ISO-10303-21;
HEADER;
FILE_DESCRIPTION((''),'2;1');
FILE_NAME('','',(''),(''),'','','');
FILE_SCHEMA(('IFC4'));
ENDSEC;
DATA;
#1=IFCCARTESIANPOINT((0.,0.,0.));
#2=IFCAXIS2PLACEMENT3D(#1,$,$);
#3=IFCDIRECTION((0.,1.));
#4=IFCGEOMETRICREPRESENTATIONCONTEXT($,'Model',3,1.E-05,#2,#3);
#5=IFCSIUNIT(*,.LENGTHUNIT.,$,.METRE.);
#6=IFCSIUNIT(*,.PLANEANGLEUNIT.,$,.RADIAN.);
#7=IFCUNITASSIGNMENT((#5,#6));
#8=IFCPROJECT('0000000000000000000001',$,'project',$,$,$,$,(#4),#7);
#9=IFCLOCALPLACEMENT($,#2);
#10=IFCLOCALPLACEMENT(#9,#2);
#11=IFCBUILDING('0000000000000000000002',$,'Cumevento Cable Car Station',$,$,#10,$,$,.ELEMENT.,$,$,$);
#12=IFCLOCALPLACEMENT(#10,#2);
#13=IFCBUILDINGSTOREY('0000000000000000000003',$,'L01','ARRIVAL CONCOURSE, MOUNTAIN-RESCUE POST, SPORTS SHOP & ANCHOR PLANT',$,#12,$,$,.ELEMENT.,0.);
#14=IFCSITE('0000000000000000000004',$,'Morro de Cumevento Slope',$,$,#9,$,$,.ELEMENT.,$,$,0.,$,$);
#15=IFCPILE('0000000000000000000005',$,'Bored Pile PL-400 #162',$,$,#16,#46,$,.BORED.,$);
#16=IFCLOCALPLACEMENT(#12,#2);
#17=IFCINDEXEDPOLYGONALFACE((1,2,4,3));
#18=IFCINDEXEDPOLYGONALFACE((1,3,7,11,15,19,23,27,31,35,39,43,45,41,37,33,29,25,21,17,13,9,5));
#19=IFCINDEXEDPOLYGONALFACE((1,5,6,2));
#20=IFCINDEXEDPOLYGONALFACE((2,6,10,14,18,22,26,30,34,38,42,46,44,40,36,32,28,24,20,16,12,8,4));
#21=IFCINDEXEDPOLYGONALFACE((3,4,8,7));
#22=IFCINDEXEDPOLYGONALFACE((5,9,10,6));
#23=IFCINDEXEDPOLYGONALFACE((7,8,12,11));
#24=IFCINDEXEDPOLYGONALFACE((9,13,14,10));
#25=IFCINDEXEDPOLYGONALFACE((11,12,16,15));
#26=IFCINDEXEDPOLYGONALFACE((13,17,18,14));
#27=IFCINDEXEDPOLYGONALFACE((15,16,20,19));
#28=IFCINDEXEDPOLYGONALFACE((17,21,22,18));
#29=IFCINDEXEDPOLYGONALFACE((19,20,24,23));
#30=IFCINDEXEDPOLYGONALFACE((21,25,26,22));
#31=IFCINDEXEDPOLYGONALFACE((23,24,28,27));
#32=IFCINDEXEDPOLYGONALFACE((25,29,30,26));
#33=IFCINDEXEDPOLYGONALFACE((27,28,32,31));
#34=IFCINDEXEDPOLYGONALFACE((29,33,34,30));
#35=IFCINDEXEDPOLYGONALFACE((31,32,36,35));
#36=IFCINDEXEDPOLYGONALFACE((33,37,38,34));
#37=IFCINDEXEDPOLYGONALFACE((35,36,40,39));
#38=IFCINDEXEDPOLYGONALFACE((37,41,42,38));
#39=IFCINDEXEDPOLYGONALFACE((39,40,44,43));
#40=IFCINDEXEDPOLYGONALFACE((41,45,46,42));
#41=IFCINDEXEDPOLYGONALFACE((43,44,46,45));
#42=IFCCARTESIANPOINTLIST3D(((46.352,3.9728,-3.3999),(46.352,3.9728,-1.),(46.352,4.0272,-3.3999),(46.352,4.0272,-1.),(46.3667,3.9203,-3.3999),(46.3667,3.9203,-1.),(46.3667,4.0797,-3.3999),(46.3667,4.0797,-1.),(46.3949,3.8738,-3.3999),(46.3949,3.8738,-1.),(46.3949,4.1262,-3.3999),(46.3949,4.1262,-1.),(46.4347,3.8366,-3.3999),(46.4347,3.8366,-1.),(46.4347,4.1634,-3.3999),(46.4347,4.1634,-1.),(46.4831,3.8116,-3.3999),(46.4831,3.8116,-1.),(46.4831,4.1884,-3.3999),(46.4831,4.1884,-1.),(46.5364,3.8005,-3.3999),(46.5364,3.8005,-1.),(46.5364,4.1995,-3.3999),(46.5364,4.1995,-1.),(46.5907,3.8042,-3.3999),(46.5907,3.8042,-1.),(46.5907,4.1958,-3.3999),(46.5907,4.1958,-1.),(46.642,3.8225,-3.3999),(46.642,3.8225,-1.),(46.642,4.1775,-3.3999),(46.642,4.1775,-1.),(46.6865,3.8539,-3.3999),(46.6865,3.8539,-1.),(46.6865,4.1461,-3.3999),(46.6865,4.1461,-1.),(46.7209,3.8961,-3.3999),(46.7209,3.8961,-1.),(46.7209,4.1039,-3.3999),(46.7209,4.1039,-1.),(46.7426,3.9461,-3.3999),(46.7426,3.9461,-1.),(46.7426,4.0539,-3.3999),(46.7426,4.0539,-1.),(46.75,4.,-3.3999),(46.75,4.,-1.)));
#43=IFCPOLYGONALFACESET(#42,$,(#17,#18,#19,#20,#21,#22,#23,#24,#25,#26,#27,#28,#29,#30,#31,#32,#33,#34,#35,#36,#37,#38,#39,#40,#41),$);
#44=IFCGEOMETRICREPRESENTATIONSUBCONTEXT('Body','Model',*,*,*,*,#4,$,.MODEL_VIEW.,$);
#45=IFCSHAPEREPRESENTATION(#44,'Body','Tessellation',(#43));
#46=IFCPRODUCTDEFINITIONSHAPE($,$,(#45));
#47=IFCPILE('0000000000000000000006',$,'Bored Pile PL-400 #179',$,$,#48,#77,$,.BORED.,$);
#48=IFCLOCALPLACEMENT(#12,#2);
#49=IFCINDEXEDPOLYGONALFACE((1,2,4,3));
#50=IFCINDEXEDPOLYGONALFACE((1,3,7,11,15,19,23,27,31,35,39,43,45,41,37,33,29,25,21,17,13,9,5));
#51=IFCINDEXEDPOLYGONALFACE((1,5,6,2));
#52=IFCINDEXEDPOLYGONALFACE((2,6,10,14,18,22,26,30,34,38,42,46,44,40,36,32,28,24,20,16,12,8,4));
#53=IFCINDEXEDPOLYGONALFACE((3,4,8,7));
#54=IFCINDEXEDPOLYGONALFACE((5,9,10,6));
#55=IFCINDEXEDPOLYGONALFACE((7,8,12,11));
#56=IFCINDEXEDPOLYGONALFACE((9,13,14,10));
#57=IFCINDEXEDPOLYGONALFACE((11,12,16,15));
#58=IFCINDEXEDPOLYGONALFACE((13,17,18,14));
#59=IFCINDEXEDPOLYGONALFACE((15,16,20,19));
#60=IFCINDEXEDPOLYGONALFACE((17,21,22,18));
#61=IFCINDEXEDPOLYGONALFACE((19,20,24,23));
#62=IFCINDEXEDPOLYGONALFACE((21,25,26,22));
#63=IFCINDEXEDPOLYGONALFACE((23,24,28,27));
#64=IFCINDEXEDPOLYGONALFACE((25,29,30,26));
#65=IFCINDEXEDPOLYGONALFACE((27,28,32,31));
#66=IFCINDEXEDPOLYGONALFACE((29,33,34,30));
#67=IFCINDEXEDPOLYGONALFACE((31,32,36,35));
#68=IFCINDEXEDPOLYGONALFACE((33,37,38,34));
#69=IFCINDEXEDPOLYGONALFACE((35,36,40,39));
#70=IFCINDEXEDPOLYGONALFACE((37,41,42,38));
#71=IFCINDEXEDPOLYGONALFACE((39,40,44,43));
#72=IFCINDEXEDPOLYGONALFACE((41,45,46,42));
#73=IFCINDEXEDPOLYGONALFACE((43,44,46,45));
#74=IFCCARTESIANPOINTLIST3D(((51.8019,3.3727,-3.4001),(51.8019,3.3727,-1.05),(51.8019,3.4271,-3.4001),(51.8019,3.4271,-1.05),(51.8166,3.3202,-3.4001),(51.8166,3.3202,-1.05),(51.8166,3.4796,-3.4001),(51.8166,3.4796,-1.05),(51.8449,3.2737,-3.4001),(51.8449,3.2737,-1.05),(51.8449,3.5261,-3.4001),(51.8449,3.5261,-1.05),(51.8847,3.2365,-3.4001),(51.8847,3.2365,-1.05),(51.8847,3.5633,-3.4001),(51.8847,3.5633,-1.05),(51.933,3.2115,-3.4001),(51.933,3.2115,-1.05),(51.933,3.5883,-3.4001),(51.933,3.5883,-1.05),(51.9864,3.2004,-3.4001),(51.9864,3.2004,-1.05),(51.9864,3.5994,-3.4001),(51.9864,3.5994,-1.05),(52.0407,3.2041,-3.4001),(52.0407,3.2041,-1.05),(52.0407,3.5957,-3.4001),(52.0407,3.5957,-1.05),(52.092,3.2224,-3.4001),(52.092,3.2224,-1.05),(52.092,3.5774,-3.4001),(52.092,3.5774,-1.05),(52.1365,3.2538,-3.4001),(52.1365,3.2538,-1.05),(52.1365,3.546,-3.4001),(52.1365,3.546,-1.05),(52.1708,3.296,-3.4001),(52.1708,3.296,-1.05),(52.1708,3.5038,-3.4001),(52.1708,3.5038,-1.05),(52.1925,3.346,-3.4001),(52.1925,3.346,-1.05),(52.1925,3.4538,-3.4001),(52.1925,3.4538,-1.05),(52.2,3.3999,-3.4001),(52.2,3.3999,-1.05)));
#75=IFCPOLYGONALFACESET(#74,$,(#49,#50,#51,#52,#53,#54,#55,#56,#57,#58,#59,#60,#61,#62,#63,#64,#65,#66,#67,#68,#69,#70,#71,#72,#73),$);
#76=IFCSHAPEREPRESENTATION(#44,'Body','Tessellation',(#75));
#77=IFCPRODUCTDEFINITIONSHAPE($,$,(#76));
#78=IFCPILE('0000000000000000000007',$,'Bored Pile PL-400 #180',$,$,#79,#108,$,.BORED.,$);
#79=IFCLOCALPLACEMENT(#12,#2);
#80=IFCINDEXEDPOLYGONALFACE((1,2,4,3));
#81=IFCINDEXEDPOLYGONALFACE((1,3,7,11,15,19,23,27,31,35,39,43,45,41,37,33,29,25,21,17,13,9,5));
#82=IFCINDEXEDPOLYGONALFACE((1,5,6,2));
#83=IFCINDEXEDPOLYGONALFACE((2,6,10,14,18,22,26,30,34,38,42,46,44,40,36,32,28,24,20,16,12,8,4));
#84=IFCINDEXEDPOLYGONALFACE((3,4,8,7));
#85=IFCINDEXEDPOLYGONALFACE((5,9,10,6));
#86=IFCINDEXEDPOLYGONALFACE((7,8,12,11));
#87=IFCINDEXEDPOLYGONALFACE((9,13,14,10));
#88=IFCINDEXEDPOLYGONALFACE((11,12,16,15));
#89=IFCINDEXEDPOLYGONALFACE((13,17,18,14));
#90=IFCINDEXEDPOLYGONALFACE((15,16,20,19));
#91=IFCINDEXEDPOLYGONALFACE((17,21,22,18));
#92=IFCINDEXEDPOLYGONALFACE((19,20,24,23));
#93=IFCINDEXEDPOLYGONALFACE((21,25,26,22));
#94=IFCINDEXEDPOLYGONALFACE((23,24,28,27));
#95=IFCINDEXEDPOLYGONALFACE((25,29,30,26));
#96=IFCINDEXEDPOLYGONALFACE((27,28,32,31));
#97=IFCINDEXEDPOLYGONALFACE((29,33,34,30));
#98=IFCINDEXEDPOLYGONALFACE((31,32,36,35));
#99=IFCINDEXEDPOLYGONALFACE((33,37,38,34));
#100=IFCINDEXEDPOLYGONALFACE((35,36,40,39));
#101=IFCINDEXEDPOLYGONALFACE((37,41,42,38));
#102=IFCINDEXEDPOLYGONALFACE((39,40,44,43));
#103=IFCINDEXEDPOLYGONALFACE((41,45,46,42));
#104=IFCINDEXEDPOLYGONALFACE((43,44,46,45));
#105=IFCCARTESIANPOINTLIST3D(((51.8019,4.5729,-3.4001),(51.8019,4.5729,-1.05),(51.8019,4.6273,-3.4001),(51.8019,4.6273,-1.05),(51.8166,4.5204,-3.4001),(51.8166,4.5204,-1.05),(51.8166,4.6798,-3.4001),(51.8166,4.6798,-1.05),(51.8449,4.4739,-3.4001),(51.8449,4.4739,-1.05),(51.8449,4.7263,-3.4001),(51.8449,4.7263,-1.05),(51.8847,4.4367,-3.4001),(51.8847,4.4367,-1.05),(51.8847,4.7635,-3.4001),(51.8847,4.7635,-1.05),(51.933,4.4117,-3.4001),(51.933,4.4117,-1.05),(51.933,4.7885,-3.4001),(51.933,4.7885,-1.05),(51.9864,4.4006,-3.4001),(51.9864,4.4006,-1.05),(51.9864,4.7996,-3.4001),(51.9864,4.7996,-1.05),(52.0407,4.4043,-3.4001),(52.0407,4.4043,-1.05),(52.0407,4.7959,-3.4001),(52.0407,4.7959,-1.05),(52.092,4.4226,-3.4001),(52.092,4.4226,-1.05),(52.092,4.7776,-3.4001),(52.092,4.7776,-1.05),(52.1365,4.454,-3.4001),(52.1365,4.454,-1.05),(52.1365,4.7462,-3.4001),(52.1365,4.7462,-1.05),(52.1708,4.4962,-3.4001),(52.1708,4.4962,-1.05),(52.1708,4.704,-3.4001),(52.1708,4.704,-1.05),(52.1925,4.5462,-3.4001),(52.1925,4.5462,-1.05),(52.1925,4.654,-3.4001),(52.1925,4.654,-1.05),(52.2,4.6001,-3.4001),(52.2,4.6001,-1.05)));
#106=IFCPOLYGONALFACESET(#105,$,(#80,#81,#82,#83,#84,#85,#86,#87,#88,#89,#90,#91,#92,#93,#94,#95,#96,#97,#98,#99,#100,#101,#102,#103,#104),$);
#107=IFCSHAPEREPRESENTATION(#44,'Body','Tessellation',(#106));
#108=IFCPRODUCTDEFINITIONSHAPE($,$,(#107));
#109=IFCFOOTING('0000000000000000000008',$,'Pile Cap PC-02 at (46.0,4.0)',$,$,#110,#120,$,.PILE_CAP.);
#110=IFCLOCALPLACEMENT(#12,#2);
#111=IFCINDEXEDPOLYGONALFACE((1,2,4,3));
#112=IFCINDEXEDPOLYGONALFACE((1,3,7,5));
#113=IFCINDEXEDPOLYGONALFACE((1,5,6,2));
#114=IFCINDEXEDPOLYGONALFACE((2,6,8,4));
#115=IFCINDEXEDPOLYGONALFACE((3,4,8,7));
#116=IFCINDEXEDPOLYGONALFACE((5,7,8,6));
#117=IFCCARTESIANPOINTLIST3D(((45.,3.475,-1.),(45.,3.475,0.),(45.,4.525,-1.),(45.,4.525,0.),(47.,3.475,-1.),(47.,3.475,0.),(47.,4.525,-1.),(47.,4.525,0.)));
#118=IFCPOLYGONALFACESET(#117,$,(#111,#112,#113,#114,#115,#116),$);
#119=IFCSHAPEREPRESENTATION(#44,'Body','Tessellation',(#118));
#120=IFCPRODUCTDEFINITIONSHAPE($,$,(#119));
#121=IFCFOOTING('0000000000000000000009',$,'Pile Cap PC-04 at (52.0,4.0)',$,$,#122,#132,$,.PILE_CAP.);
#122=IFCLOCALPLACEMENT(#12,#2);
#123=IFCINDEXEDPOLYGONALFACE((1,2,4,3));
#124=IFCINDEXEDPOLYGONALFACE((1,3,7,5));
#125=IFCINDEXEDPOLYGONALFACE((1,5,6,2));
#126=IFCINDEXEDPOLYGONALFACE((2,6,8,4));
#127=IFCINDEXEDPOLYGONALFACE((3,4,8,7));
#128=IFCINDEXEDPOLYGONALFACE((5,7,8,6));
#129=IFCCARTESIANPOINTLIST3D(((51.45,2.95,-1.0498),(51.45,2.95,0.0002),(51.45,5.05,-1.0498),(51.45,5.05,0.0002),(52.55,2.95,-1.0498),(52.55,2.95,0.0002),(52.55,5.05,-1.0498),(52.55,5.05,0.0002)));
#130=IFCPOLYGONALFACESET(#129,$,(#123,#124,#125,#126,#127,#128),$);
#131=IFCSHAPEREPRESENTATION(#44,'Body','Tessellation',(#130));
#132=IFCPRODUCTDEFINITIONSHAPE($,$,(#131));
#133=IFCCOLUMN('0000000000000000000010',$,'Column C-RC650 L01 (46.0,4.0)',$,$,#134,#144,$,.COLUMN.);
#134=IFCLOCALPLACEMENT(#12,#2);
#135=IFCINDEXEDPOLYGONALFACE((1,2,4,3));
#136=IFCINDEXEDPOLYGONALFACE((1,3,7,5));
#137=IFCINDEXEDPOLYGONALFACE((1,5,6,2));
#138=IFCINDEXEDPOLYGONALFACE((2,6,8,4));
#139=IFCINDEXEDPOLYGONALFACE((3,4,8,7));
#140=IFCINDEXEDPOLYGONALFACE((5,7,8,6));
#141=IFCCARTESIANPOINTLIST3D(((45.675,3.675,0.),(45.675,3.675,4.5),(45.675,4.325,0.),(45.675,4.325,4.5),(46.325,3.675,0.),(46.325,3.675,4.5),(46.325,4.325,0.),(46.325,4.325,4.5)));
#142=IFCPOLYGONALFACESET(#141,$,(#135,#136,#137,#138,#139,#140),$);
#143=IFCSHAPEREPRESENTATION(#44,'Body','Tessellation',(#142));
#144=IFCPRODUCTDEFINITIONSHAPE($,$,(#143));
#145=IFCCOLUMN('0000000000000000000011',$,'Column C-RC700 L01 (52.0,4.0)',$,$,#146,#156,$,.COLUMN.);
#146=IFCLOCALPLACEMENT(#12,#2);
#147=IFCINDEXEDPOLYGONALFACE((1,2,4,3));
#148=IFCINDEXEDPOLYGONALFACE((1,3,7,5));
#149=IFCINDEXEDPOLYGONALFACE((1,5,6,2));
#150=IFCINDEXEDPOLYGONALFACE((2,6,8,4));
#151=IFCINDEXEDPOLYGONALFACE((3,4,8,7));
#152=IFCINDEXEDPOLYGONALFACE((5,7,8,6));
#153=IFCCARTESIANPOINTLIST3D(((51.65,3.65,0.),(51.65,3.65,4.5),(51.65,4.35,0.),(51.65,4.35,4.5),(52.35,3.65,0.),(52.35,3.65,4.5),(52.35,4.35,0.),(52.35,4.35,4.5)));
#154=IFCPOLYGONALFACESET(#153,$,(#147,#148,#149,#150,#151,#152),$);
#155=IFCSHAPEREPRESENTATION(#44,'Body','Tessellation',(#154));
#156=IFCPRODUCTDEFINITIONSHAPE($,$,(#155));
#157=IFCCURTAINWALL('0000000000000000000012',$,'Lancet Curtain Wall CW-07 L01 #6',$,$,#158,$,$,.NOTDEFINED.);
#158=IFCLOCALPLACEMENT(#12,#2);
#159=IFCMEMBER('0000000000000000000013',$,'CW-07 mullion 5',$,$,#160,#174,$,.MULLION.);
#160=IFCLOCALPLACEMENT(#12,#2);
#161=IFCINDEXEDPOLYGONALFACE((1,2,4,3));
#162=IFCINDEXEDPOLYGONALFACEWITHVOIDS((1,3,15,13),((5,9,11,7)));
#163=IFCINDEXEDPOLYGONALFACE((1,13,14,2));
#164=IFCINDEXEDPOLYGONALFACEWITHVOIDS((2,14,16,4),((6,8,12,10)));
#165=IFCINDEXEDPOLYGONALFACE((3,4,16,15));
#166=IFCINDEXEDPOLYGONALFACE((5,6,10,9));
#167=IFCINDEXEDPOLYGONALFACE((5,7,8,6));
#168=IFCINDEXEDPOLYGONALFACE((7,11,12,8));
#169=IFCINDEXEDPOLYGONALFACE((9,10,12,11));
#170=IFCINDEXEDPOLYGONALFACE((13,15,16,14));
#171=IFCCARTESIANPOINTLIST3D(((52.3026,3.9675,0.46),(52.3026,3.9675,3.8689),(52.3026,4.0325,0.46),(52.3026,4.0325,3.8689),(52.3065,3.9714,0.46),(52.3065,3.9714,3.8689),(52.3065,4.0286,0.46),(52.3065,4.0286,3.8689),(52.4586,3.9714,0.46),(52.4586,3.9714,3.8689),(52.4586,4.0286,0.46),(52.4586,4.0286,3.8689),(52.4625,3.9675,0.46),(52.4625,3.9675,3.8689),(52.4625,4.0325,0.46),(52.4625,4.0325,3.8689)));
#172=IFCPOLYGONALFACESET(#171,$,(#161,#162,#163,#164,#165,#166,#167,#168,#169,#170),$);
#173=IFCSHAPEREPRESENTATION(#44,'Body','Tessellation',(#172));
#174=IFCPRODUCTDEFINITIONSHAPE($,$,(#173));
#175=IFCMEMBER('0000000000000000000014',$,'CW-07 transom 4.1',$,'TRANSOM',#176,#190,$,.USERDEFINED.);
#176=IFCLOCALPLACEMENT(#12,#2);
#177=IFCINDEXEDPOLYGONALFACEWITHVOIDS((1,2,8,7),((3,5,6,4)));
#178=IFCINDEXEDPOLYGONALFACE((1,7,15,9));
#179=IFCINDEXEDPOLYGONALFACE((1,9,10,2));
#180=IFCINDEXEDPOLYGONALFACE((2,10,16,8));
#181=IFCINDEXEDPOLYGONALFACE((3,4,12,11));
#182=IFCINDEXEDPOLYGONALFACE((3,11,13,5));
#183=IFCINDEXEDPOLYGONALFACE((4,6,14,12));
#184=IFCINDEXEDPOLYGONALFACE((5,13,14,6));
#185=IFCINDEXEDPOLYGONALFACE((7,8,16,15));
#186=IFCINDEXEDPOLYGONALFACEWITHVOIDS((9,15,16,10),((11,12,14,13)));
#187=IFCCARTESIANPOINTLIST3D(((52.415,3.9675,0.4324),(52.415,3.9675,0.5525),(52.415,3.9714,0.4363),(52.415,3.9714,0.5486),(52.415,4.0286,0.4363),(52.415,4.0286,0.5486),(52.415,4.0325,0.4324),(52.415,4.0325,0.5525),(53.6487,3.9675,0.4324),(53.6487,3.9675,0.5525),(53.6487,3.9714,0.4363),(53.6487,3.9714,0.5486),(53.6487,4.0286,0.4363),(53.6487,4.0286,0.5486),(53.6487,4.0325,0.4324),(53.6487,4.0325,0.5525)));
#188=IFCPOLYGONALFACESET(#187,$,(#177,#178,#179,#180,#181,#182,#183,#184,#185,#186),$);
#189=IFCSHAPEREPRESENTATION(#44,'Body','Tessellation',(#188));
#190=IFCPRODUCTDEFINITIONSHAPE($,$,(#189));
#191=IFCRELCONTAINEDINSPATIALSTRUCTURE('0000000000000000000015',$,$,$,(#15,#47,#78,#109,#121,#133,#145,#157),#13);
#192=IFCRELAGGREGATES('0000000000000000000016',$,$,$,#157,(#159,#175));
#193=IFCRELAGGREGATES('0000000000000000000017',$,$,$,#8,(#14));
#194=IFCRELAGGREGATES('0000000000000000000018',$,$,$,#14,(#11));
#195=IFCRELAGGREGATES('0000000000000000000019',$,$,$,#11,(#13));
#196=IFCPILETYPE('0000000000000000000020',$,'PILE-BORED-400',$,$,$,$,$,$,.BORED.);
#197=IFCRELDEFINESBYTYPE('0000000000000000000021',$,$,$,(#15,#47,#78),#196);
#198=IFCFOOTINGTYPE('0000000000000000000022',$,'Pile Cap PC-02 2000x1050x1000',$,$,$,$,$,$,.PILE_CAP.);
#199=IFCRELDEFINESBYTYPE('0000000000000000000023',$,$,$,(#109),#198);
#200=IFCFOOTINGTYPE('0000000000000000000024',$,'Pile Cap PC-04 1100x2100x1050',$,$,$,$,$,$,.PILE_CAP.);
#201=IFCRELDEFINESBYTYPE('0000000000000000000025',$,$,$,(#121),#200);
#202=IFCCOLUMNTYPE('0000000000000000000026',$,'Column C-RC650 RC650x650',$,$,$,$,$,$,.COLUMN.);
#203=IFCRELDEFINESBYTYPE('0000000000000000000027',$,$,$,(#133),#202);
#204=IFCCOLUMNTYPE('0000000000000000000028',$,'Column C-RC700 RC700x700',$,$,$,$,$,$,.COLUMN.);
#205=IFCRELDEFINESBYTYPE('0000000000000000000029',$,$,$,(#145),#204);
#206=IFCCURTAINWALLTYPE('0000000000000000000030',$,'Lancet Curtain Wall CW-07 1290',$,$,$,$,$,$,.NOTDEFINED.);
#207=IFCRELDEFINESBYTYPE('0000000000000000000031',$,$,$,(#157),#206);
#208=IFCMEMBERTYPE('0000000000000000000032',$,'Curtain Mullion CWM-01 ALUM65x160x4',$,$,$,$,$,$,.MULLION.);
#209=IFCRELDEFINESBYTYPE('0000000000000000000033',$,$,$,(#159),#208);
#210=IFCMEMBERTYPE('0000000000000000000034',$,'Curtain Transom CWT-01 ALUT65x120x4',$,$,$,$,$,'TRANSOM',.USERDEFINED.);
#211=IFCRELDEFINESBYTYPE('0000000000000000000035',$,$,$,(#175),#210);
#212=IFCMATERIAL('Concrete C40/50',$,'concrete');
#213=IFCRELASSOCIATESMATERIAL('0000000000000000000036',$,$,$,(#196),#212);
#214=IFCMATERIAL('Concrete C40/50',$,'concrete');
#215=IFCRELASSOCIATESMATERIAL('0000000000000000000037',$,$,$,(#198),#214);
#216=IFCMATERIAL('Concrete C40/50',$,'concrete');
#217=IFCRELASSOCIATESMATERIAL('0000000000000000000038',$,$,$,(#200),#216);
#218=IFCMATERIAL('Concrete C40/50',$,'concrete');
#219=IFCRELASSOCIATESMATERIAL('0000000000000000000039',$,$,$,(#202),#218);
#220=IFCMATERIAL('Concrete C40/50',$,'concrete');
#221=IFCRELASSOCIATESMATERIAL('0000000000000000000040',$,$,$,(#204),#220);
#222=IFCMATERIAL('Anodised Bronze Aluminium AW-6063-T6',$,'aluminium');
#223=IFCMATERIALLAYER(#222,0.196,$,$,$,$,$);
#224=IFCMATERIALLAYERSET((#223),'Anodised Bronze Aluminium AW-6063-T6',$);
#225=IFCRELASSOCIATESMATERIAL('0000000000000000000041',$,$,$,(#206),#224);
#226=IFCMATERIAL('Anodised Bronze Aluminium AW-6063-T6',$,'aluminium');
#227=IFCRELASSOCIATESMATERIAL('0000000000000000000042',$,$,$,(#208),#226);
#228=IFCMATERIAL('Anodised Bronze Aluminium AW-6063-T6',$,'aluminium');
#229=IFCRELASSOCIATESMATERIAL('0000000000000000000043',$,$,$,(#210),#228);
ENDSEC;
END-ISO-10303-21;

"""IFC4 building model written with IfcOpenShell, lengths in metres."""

from ifc_helpers import new_model, si_unit, direction, frame, origin, origin_2d, place, context, subcontext, project, spatial, rectangle, hollow_rectangle, circle, extrude, material, layer, layer_set, material_profile, profile_set, type_object, element, aggregate, save


model = new_model("IFC4")

# Units and contexts
model_context = context("Model", 3, precision=1e-05, world=origin(), true_north=direction((0.0, 1.0)))
body_context = subcontext(model_context, "Body", "Model", "MODEL_VIEW")
ifc_project = project(units=[si_unit("LENGTHUNIT", "METRE"), si_unit("PLANEANGLEUNIT", "RADIAN")], contexts=[model_context])

# Site, building, storey
site_placement = place(None, origin())
site = spatial("IfcSite", under=ifc_project, at=site_placement, Name="Morro de Cumevento Slope", CompositionType="ELEMENT", RefElevation=0.0)
building_placement = place(site_placement, origin())
building = spatial("IfcBuilding", under=site, at=building_placement, Name="Cumevento Cable Car Station", CompositionType="ELEMENT")
storey_placement = place(building_placement, origin())
storey = spatial("IfcBuildingStorey", under=building, at=storey_placement, Name="L01", Description="ARRIVAL CONCOURSE, MOUNTAIN-RESCUE POST, SPORTS SHOP & ANCHOR PLANT", CompositionType="ELEMENT", Elevation=0.0)

# Piles
ifc_material_1 = material(Name="Concrete C40/50", Category="concrete")
ifc_material_profile_1 = material_profile(ifc_material_1, circle(Radius=0.2, at=origin_2d()), Name="PILE-D400")
ifc_profile_set_1 = profile_set([ifc_material_profile_1], Name="Concrete C40/50")
pile_type = type_object("IfcPileType", Name="PILE-BORED-400", PredefinedType="BORED", material=ifc_profile_set_1)
pile_placement = place(storey_placement, frame((46.55, 4.0, -1.0), z_axis=(0.0, 0.0, -1.0), x_axis=(1.0, 0.0, 0.0)))
element("IfcPile", 1, at=pile_placement, inside=storey, type_object=pile_type, Name="Bored Pile PL-400 #162", PredefinedType="BORED", context=body_context, shape_type="SweptSolid", body=[
    extrude(circle(Radius=0.2, at=origin_2d()), origin(), (0.0, 0.0, 1.0), 2.3999),
])
for number, where, z_axis, x_axis, name in (
    (2, (52.0, 3.3999, -1.05), (0.0, 0.0, -1.0), (1.0, 0.0, 0.0), "Bored Pile PL-400 #179"),
    (3, (52.0, 4.6001, -1.05), (0.0, 0.0, -1.0), (1.0, 0.0, 0.0), "Bored Pile PL-400 #180"),
):
    element("IfcPile", number, at=place(storey_placement, frame(where, z_axis=z_axis, x_axis=x_axis)), inside=storey, type_object=pile_type, Name=name, PredefinedType="BORED", context=body_context, shape_type="SweptSolid", body=[
        extrude(circle(Radius=0.2, at=origin_2d()), origin(), (0.0, 0.0, 1.0), 2.3501),
    ])

# Footings
ifc_material_2 = material(Name="Concrete C40/50", Category="concrete")
footing_type_1 = type_object("IfcFootingType", Name="Pile Cap PC-02 2000x1050x1000", PredefinedType="PILE_CAP", material=ifc_material_2)
footing_1_placement = place(storey_placement, frame((46.0, 4.0, -1.0), z_axis=(0.0, 0.0, 1.0), x_axis=(1.0, 0.0, 0.0)))
element("IfcFooting", 4, at=footing_1_placement, inside=storey, type_object=footing_type_1, Name="Pile Cap PC-02 at (46.0,4.0)", PredefinedType="PILE_CAP", context=body_context, shape_type="SweptSolid", body=[
    extrude(rectangle(XDim=2.0, YDim=1.05, at=origin_2d()), origin(), (0.0, 0.0, 1.0), 1.0),
])
ifc_material_3 = material(Name="Concrete C40/50", Category="concrete")
footing_type_2 = type_object("IfcFootingType", Name="Pile Cap PC-04 1100x2100x1050", PredefinedType="PILE_CAP", material=ifc_material_3)
footing_2_placement = place(storey_placement, frame((52.0, 4.0, -1.0498), z_axis=(0.0, 0.0, 1.0), x_axis=(1.0, 0.0, 0.0)))
element("IfcFooting", 5, at=footing_2_placement, inside=storey, type_object=footing_type_2, Name="Pile Cap PC-04 at (52.0,4.0)", PredefinedType="PILE_CAP", context=body_context, shape_type="SweptSolid", body=[
    extrude(rectangle(XDim=1.1001, YDim=2.1001, at=origin_2d()), origin(), (0.0, 0.0, 1.0), 1.05),
])

# Columns
ifc_material_4 = material(Name="Concrete C40/50", Category="concrete")
ifc_material_profile_2 = material_profile(ifc_material_4, rectangle(XDim=0.6499, YDim=0.6499, at=origin_2d()), Name="RC650x650")
ifc_profile_set_2 = profile_set([ifc_material_profile_2], Name="Concrete C40/50")
column_type_1 = type_object("IfcColumnType", Name="Column C-RC650 RC650x650", PredefinedType="COLUMN", material=ifc_profile_set_2)
column_1_placement = place(storey_placement, frame((46.0, 4.0, 0.0), z_axis=(0.0, 0.0, 1.0), x_axis=(1.0, 0.0, 0.0)))
element("IfcColumn", 6, at=column_1_placement, inside=storey, type_object=column_type_1, Name="Column C-RC650 L01 (46.0,4.0)", PredefinedType="COLUMN", context=body_context, shape_type="SweptSolid", body=[
    extrude(rectangle(XDim=0.6499, YDim=0.6499, at=origin_2d()), origin(), (0.0, 0.0, 1.0), 4.5),
])
ifc_material_5 = material(Name="Concrete C40/50", Category="concrete")
ifc_material_profile_3 = material_profile(ifc_material_5, rectangle(XDim=0.7, YDim=0.7, at=origin_2d()), Name="RC700x700")
ifc_profile_set_3 = profile_set([ifc_material_profile_3], Name="Concrete C40/50")
column_type_2 = type_object("IfcColumnType", Name="Column C-RC700 RC700x700", PredefinedType="COLUMN", material=ifc_profile_set_3)
column_2_placement = place(storey_placement, frame((52.0, 4.0, 0.0), z_axis=(0.0, 0.0, 1.0), x_axis=(1.0, 0.0, 0.0)))
element("IfcColumn", 7, at=column_2_placement, inside=storey, type_object=column_type_2, Name="Column C-RC700 L01 (52.0,4.0)", PredefinedType="COLUMN", context=body_context, shape_type="SweptSolid", body=[
    extrude(rectangle(XDim=0.7, YDim=0.7, at=origin_2d()), origin(), (0.0, 0.0, 1.0), 4.5),
])

# Curtain wall, members
ifc_material_6 = material(Name="Anodised Bronze Aluminium AW-6063-T6", Category="aluminium")
ifc_layer_1 = layer(ifc_material_6, 0.196)
ifc_layer_set_1 = layer_set([ifc_layer_1], Name="Anodised Bronze Aluminium AW-6063-T6")
curtain_wall_type = type_object("IfcCurtainWallType", Name="Lancet Curtain Wall CW-07 1290", PredefinedType="NOTDEFINED", material=ifc_layer_set_1)
curtain_wall_placement = place(storey_placement, origin())
curtain_wall = element("IfcCurtainWall", 8, at=curtain_wall_placement, inside=storey, type_object=curtain_wall_type, Name="Lancet Curtain Wall CW-07 L01 #6", PredefinedType="NOTDEFINED")
ifc_material_7 = material(Name="Anodised Bronze Aluminium AW-6063-T6", Category="aluminium")
ifc_material_profile_4 = material_profile(ifc_material_7, hollow_rectangle(XDim=0.0649, YDim=0.1599, WallThickness=0.0039, at=origin_2d()), Name="ALUM65x160x4")
ifc_profile_set_4 = profile_set([ifc_material_profile_4], Name="Anodised Bronze Aluminium AW-6063-T6")
member_type_1 = type_object("IfcMemberType", Name="Curtain Mullion CWM-01 ALUM65x160x4", PredefinedType="MULLION", material=ifc_profile_set_4)
member_1_placement = place(storey_placement, frame((52.3826, 4.0, 0.46), z_axis=(0.0, 0.0, 1.0), x_axis=(0.0, -1.0, 0.0)))
member_1 = element("IfcMember", 9, at=member_1_placement, type_object=member_type_1, Name="CW-07 mullion 5", PredefinedType="MULLION", context=body_context, shape_type="SweptSolid", body=[
    extrude(hollow_rectangle(XDim=0.0649, YDim=0.1599, WallThickness=0.0039, at=origin_2d()), origin(), (0.0, 0.0, 1.0), 3.4089),
])
ifc_material_8 = material(Name="Anodised Bronze Aluminium AW-6063-T6", Category="aluminium")
ifc_material_profile_5 = material_profile(ifc_material_8, hollow_rectangle(XDim=0.0649, YDim=0.1201, WallThickness=0.0039, at=origin_2d()), Name="ALUT65x120x4")
ifc_profile_set_5 = profile_set([ifc_material_profile_5], Name="Anodised Bronze Aluminium AW-6063-T6")
member_type_2 = type_object("IfcMemberType", Name="Curtain Transom CWT-01 ALUT65x120x4", ElementType="TRANSOM", PredefinedType="USERDEFINED", material=ifc_profile_set_5)
member_2_placement = place(storey_placement, frame((53.6487, 4.0, 0.4924), z_axis=(-1.0, 0.0, 0.0), x_axis=(0.0, -1.0, 0.0)))
member_2 = element("IfcMember", 10, at=member_2_placement, type_object=member_type_2, Name="CW-07 transom 4.1", ObjectType="TRANSOM", PredefinedType="USERDEFINED", context=body_context, shape_type="SweptSolid", body=[
    extrude(hollow_rectangle(XDim=0.0649, YDim=0.1201, WallThickness=0.0039, at=origin_2d()), origin(), (0.0, 0.0, 1.0), 1.2336),
])
aggregate(curtain_wall, [member_1, member_2])

save(model, "model.ifc")
